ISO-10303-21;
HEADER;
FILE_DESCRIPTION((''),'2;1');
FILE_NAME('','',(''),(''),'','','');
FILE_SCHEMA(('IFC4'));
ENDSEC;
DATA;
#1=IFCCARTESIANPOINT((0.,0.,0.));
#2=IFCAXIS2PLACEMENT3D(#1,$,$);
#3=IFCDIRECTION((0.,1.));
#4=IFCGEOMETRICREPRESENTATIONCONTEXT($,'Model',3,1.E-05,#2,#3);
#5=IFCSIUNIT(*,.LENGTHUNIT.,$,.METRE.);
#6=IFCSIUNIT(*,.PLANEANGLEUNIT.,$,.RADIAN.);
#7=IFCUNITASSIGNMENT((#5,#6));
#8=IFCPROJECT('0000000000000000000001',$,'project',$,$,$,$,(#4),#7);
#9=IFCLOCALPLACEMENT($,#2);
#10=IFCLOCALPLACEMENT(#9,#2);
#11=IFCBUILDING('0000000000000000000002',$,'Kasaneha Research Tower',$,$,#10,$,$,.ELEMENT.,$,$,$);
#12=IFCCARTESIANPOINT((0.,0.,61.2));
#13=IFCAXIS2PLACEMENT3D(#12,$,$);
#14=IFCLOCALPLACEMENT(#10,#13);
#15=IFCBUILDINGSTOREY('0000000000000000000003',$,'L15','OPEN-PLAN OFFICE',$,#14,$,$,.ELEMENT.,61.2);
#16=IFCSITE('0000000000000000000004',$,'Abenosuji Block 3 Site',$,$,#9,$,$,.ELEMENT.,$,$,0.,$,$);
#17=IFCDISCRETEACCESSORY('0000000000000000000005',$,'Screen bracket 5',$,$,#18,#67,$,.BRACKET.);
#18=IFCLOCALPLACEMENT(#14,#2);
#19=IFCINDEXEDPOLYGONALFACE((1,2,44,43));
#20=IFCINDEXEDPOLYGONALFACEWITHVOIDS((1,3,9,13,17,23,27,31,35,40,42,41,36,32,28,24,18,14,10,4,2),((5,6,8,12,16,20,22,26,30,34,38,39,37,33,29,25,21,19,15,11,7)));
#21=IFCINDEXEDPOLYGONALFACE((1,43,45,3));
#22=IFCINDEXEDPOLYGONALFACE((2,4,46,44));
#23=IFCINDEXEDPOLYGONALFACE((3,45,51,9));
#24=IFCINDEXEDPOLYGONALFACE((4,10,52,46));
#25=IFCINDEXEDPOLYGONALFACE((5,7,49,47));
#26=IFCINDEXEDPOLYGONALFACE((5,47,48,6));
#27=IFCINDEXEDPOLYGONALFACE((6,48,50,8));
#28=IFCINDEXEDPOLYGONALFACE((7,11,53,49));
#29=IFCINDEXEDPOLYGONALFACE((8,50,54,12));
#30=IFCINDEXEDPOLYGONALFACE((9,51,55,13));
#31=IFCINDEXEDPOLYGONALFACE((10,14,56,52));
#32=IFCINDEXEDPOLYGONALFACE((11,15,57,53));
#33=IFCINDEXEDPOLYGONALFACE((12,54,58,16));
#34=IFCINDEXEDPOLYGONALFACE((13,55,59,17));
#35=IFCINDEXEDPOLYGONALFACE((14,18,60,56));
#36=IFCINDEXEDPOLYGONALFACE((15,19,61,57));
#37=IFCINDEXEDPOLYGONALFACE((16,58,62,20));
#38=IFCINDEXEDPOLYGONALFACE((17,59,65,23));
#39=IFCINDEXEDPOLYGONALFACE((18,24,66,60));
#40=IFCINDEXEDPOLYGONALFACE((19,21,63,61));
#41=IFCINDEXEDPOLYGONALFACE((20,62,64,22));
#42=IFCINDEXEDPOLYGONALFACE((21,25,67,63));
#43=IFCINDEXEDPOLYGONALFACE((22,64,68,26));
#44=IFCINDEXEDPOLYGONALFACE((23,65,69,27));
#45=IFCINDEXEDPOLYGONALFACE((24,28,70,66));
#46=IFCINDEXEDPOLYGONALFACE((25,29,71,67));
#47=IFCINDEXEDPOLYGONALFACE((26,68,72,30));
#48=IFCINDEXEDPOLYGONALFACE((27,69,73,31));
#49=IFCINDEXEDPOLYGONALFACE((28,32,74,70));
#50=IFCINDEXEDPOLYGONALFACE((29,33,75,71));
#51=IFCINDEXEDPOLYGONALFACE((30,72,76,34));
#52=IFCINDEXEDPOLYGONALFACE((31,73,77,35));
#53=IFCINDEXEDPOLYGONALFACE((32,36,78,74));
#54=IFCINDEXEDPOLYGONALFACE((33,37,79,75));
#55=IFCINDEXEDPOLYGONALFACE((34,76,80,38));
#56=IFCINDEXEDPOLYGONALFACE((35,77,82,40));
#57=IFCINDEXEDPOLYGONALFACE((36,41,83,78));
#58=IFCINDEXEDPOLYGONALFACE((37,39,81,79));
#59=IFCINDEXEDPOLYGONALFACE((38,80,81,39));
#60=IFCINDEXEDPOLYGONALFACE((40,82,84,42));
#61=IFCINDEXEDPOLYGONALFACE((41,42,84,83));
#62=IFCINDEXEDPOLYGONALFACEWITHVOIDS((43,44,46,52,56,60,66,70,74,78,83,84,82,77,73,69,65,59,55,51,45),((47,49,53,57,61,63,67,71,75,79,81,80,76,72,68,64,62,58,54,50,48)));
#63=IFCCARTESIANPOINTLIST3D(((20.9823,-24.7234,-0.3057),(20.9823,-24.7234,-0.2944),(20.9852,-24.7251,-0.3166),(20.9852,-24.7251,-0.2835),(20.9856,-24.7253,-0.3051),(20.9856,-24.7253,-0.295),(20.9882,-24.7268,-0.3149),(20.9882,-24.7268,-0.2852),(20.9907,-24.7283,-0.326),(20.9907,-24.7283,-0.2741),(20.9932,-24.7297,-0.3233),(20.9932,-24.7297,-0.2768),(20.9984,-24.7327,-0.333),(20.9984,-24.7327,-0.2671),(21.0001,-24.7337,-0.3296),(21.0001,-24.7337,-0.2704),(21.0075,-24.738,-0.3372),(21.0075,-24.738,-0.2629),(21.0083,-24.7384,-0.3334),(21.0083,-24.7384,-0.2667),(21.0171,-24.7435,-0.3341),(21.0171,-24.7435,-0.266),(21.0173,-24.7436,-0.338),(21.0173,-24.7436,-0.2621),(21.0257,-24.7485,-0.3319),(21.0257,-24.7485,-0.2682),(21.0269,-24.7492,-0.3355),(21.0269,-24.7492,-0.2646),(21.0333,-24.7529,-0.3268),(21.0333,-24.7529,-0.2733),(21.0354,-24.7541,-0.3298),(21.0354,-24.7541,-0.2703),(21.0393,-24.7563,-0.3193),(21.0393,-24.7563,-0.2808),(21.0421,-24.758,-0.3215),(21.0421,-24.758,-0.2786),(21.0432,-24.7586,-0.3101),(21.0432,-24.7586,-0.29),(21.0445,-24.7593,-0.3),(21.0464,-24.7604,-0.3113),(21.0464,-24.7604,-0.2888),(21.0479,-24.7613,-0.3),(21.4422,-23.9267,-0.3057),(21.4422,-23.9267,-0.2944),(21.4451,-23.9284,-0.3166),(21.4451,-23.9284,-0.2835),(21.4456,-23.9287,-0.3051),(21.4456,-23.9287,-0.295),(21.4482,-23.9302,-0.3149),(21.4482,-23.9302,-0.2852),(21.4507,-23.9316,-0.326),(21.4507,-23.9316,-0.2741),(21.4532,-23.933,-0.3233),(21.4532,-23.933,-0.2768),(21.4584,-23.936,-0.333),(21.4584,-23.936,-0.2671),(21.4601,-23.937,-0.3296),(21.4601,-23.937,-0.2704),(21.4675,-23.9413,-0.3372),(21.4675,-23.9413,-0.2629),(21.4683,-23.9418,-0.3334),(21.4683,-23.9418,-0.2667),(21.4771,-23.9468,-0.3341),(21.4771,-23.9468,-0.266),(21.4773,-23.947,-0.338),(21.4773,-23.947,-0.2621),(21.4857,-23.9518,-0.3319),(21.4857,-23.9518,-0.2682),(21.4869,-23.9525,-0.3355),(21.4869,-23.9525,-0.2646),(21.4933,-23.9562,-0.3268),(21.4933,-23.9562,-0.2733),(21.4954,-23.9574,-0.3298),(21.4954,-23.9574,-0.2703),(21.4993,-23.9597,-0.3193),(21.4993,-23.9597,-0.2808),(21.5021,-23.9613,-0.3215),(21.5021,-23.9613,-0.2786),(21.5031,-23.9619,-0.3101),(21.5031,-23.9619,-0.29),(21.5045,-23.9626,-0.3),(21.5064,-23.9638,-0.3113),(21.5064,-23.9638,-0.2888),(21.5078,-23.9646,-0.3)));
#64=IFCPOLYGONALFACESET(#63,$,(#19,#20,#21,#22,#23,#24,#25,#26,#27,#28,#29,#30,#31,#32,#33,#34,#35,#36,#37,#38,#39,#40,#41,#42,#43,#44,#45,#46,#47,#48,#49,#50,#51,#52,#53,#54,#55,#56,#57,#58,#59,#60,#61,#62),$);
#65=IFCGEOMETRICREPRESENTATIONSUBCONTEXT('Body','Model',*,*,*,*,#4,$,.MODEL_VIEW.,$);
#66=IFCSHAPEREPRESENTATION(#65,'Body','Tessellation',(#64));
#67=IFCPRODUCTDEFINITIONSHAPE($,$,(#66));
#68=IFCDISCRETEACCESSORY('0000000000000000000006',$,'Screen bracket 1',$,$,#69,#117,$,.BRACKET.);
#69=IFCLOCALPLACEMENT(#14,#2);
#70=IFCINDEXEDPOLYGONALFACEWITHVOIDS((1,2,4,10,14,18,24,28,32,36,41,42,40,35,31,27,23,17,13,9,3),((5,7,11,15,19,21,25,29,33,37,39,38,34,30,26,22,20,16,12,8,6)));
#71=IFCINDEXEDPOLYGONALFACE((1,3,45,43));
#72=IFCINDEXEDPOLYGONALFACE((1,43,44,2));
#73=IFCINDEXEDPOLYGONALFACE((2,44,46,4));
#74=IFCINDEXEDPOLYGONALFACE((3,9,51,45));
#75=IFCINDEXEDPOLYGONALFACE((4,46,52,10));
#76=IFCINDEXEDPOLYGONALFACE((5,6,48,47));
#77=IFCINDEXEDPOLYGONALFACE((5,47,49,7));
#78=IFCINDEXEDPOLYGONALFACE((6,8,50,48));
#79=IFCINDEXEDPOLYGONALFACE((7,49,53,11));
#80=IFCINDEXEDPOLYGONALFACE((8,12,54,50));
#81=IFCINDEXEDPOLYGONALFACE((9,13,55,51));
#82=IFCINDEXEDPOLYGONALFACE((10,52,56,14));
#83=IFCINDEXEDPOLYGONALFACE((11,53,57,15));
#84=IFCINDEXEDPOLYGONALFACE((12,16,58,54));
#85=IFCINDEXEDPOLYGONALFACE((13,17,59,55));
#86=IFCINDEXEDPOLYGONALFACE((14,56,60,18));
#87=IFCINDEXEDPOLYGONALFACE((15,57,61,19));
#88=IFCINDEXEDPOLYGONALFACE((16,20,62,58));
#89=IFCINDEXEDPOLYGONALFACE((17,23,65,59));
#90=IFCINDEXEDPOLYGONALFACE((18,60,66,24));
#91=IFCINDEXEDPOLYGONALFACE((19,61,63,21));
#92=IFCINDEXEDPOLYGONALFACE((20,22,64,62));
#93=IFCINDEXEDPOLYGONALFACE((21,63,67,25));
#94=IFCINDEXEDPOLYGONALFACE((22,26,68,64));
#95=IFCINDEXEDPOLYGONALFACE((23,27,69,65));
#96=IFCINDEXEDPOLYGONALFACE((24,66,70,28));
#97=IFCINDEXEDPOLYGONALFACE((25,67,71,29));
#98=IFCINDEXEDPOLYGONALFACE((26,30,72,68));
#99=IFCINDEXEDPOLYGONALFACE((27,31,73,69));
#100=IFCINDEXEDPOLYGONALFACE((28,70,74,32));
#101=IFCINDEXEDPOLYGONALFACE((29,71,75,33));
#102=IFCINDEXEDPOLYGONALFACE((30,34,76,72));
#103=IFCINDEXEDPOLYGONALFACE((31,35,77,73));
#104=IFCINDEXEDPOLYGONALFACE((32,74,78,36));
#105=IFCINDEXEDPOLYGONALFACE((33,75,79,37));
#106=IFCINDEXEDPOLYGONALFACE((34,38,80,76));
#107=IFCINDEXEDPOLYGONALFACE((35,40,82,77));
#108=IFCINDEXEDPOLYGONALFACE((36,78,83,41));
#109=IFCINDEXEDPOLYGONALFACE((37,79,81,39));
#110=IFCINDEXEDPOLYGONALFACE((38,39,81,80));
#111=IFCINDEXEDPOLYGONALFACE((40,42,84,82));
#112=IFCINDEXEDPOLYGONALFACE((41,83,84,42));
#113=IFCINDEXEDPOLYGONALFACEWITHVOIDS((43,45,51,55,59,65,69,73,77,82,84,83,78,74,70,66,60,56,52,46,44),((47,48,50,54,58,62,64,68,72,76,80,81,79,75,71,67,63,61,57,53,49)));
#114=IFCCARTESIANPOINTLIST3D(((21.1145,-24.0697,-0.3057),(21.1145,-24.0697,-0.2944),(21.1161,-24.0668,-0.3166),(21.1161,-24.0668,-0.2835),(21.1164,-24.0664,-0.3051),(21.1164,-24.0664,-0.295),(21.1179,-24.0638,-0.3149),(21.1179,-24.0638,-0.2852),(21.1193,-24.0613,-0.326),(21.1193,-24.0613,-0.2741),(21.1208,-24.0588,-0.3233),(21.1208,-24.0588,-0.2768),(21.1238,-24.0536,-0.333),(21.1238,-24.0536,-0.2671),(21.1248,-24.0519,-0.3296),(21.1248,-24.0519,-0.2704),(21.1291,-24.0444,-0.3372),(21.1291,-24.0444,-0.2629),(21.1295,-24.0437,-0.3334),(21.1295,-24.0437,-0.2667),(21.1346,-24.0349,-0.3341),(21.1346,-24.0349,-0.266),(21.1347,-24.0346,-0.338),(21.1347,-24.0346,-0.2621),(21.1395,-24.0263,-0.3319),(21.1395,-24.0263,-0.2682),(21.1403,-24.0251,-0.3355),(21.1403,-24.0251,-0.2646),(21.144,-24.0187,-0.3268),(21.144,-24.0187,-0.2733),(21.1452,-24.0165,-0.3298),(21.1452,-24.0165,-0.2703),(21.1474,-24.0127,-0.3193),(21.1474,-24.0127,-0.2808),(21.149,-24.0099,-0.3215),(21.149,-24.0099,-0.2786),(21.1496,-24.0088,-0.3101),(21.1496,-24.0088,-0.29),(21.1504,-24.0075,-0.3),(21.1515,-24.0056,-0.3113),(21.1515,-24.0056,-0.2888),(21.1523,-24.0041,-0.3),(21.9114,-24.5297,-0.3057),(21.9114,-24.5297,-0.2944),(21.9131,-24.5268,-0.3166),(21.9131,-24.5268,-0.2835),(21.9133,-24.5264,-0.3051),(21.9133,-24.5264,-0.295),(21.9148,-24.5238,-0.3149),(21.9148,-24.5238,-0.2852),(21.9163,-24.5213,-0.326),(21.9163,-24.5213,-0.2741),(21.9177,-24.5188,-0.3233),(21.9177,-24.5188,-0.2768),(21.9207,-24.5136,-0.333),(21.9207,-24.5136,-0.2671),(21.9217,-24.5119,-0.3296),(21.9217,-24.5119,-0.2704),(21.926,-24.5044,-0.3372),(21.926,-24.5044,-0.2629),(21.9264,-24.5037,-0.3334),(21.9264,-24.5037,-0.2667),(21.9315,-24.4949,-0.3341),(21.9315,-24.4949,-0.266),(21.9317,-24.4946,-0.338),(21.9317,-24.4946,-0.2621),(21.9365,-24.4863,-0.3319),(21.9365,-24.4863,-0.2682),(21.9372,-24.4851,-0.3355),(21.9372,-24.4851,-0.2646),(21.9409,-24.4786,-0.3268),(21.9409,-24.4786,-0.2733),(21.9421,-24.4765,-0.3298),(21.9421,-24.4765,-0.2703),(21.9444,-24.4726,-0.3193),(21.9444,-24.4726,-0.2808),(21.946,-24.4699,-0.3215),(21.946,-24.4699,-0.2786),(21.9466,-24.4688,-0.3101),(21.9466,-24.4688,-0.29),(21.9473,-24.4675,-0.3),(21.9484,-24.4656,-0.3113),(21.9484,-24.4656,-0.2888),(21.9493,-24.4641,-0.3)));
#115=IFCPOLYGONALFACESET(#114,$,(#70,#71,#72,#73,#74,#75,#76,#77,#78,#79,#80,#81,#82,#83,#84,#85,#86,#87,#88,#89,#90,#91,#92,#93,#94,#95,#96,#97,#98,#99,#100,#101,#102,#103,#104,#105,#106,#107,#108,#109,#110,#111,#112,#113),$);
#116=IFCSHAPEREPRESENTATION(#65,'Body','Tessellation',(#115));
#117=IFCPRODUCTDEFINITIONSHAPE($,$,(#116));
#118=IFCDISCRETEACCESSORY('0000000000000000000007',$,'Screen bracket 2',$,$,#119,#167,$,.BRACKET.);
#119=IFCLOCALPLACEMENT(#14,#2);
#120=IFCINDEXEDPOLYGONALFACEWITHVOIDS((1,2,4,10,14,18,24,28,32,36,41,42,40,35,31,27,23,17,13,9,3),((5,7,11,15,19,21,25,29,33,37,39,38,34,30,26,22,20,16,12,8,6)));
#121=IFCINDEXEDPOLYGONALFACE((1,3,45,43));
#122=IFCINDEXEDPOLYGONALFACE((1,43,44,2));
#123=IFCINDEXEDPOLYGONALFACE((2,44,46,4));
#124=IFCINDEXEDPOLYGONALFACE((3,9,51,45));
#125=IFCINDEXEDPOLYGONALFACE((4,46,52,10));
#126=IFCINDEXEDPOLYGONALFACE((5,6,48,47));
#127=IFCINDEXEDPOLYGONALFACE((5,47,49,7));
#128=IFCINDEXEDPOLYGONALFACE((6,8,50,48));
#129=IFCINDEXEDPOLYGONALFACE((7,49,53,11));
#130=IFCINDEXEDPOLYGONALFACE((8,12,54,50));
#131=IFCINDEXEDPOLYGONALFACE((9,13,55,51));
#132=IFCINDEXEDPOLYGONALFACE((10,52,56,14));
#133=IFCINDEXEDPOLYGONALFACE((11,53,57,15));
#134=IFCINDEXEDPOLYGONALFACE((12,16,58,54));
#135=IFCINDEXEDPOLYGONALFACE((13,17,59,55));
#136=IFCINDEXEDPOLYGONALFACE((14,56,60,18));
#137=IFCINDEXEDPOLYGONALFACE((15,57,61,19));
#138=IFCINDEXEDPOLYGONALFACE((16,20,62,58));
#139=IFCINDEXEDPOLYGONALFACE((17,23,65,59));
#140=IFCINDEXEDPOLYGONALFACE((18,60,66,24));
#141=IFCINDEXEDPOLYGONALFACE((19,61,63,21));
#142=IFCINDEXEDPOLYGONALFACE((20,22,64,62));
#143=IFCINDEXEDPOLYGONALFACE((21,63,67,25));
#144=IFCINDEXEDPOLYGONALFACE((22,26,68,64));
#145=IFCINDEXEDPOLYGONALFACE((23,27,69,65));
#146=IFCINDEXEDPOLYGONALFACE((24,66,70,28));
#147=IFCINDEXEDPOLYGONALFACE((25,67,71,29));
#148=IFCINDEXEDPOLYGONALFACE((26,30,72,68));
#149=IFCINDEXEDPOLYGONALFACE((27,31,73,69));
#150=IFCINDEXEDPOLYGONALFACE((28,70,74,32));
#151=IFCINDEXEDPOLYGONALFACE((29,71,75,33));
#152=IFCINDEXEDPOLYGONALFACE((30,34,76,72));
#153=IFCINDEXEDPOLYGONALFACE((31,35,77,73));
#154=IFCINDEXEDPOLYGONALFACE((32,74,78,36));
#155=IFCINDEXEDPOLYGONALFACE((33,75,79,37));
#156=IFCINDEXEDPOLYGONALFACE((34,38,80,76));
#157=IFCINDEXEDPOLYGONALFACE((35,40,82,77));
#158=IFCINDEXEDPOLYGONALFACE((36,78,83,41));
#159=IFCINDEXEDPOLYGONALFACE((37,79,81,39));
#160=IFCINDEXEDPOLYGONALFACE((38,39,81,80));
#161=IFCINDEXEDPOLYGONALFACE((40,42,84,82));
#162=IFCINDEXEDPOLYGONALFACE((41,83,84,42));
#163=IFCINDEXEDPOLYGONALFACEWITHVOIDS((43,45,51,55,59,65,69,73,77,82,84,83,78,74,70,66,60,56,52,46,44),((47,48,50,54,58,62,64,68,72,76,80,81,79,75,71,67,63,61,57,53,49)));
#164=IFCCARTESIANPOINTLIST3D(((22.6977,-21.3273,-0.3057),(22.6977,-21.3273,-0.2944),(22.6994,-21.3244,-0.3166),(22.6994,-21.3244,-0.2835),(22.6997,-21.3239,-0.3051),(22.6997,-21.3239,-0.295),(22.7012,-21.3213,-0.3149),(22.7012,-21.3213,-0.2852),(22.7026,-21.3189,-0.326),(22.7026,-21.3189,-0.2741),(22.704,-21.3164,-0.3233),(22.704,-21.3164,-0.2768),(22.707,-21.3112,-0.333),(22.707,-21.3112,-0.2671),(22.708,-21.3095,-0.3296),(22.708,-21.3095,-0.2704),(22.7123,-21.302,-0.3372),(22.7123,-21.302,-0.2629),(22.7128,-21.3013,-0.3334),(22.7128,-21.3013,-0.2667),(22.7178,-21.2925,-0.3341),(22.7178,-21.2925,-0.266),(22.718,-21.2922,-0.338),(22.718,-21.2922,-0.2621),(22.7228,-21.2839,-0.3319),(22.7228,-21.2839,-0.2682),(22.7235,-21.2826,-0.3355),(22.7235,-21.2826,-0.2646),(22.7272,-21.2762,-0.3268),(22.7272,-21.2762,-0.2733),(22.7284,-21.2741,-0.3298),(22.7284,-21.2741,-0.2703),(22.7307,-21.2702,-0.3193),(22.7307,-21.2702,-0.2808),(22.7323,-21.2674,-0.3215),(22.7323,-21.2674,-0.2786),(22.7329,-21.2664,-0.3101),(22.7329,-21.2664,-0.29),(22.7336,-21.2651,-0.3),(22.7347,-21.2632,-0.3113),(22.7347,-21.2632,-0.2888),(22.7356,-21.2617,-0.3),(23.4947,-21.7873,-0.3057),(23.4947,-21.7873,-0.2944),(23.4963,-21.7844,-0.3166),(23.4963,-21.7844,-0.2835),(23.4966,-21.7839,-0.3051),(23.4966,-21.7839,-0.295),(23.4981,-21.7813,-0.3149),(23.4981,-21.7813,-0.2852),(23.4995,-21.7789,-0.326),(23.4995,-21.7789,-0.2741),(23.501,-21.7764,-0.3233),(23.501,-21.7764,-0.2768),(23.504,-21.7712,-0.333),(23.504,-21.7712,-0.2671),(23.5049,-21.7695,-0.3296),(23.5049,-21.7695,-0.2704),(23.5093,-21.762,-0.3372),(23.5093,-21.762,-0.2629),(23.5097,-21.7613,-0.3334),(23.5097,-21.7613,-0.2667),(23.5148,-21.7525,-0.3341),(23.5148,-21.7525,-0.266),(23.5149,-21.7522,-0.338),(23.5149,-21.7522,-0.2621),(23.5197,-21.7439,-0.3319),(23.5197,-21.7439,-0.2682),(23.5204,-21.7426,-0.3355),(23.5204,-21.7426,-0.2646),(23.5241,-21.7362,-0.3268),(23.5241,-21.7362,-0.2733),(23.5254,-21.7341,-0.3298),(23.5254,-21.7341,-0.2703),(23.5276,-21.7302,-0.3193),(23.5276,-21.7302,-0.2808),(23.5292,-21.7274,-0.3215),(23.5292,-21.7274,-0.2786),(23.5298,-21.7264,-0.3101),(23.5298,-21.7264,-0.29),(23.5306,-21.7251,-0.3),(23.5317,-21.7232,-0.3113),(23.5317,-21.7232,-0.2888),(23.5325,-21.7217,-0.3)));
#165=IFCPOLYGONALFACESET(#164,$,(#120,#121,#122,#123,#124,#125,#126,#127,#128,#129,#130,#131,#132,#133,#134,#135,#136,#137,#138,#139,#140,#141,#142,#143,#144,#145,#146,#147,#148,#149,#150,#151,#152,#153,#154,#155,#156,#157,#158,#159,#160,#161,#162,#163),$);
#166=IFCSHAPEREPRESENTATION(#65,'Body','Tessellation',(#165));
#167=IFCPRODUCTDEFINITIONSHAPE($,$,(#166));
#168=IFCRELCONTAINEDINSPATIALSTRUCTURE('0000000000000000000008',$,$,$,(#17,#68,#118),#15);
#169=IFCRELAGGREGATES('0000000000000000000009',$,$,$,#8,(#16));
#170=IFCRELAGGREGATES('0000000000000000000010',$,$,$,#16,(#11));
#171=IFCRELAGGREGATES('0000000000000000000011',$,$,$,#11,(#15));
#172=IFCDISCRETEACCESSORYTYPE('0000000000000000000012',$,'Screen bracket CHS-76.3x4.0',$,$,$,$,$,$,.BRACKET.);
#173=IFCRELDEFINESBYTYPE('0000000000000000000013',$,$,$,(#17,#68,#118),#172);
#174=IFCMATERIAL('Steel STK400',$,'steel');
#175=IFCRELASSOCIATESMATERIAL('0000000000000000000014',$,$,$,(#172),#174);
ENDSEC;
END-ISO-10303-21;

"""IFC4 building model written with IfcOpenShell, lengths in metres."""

from ifc_helpers import new_model, si_unit, direction, frame, origin, origin_2d, place, context, subcontext, project, spatial, hollow_circle, extrude, material, material_profile, profile_set, type_object, element, save


model = new_model("IFC4")

# Units and contexts
model_context = context("Model", 3, precision=1e-05, world=origin(), true_north=direction((0.0, 1.0)))
body_context = subcontext(model_context, "Body", "Model", "MODEL_VIEW")
ifc_project = project(units=[si_unit("LENGTHUNIT", "METRE"), si_unit("PLANEANGLEUNIT", "RADIAN")], contexts=[model_context])

# Site, building, storey
site_placement = place(None, origin())
site = spatial("IfcSite", under=ifc_project, at=site_placement, Name="Abenosuji Block 3 Site", CompositionType="ELEMENT", RefElevation=0.0)
building_placement = place(site_placement, origin())
building = spatial("IfcBuilding", under=site, at=building_placement, Name="Kasaneha Research Tower", CompositionType="ELEMENT")
storey_placement = place(building_placement, frame((0.0, 0.0, 61.2)))
storey = spatial("IfcBuildingStorey", under=building, at=storey_placement, Name="L15", Description="OPEN-PLAN OFFICE", CompositionType="ELEMENT", Elevation=61.2)

# Discrete accessories
ifc_material_1 = material(Name="Steel STK400", Category="steel")
ifc_material_profile_1 = material_profile(ifc_material_1, hollow_circle(Radius=0.0381, WallThickness=0.0039, at=origin_2d()), Name="CHS-76.3x4.0")
ifc_profile_set_1 = profile_set([ifc_material_profile_1], Name="Steel STK400")
discrete_accessory_type = type_object("IfcDiscreteAccessoryType", Name="Screen bracket CHS-76.3x4.0", PredefinedType="BRACKET", material=ifc_profile_set_1)
discrete_accessory_1_placement = place(storey_placement, frame((21.4749, -23.9456, -0.3), z_axis=(-0.500021, -0.866013, 0.0), x_axis=(0.866013, -0.500021, 0.0)))
element("IfcDiscreteAccessory", 1, at=discrete_accessory_1_placement, inside=storey, type_object=discrete_accessory_type, Name="Screen bracket 5", PredefinedType="BRACKET", context=body_context, shape_type="SweptSolid", body=[
    extrude(hollow_circle(Radius=0.0381, WallThickness=0.0039, at=origin_2d()), origin(), (0.0, 0.0, 1.0), 0.9199),
])
for number, where, z_axis, x_axis, name in (
    (2, (21.1333, -24.0371, -0.3), (0.86608, -0.499906, 0.0), (0.499906, 0.86608, 0.0), "Screen bracket 1"),
    (3, (22.7166, -21.2947, -0.3), (0.86608, -0.499906, 0.0), (0.499906, 0.86608, 0.0), "Screen bracket 2"),
):
    element("IfcDiscreteAccessory", number, at=place(storey_placement, frame(where, z_axis=z_axis, x_axis=x_axis)), inside=storey, type_object=discrete_accessory_type, Name=name, PredefinedType="BRACKET", context=body_context, shape_type="SweptSolid", body=[
        extrude(hollow_circle(Radius=0.0381, WallThickness=0.0039, at=origin_2d()), origin(), (0.0, 0.0, 1.0), 0.9202),
    ])

save(model, "model.ifc")
